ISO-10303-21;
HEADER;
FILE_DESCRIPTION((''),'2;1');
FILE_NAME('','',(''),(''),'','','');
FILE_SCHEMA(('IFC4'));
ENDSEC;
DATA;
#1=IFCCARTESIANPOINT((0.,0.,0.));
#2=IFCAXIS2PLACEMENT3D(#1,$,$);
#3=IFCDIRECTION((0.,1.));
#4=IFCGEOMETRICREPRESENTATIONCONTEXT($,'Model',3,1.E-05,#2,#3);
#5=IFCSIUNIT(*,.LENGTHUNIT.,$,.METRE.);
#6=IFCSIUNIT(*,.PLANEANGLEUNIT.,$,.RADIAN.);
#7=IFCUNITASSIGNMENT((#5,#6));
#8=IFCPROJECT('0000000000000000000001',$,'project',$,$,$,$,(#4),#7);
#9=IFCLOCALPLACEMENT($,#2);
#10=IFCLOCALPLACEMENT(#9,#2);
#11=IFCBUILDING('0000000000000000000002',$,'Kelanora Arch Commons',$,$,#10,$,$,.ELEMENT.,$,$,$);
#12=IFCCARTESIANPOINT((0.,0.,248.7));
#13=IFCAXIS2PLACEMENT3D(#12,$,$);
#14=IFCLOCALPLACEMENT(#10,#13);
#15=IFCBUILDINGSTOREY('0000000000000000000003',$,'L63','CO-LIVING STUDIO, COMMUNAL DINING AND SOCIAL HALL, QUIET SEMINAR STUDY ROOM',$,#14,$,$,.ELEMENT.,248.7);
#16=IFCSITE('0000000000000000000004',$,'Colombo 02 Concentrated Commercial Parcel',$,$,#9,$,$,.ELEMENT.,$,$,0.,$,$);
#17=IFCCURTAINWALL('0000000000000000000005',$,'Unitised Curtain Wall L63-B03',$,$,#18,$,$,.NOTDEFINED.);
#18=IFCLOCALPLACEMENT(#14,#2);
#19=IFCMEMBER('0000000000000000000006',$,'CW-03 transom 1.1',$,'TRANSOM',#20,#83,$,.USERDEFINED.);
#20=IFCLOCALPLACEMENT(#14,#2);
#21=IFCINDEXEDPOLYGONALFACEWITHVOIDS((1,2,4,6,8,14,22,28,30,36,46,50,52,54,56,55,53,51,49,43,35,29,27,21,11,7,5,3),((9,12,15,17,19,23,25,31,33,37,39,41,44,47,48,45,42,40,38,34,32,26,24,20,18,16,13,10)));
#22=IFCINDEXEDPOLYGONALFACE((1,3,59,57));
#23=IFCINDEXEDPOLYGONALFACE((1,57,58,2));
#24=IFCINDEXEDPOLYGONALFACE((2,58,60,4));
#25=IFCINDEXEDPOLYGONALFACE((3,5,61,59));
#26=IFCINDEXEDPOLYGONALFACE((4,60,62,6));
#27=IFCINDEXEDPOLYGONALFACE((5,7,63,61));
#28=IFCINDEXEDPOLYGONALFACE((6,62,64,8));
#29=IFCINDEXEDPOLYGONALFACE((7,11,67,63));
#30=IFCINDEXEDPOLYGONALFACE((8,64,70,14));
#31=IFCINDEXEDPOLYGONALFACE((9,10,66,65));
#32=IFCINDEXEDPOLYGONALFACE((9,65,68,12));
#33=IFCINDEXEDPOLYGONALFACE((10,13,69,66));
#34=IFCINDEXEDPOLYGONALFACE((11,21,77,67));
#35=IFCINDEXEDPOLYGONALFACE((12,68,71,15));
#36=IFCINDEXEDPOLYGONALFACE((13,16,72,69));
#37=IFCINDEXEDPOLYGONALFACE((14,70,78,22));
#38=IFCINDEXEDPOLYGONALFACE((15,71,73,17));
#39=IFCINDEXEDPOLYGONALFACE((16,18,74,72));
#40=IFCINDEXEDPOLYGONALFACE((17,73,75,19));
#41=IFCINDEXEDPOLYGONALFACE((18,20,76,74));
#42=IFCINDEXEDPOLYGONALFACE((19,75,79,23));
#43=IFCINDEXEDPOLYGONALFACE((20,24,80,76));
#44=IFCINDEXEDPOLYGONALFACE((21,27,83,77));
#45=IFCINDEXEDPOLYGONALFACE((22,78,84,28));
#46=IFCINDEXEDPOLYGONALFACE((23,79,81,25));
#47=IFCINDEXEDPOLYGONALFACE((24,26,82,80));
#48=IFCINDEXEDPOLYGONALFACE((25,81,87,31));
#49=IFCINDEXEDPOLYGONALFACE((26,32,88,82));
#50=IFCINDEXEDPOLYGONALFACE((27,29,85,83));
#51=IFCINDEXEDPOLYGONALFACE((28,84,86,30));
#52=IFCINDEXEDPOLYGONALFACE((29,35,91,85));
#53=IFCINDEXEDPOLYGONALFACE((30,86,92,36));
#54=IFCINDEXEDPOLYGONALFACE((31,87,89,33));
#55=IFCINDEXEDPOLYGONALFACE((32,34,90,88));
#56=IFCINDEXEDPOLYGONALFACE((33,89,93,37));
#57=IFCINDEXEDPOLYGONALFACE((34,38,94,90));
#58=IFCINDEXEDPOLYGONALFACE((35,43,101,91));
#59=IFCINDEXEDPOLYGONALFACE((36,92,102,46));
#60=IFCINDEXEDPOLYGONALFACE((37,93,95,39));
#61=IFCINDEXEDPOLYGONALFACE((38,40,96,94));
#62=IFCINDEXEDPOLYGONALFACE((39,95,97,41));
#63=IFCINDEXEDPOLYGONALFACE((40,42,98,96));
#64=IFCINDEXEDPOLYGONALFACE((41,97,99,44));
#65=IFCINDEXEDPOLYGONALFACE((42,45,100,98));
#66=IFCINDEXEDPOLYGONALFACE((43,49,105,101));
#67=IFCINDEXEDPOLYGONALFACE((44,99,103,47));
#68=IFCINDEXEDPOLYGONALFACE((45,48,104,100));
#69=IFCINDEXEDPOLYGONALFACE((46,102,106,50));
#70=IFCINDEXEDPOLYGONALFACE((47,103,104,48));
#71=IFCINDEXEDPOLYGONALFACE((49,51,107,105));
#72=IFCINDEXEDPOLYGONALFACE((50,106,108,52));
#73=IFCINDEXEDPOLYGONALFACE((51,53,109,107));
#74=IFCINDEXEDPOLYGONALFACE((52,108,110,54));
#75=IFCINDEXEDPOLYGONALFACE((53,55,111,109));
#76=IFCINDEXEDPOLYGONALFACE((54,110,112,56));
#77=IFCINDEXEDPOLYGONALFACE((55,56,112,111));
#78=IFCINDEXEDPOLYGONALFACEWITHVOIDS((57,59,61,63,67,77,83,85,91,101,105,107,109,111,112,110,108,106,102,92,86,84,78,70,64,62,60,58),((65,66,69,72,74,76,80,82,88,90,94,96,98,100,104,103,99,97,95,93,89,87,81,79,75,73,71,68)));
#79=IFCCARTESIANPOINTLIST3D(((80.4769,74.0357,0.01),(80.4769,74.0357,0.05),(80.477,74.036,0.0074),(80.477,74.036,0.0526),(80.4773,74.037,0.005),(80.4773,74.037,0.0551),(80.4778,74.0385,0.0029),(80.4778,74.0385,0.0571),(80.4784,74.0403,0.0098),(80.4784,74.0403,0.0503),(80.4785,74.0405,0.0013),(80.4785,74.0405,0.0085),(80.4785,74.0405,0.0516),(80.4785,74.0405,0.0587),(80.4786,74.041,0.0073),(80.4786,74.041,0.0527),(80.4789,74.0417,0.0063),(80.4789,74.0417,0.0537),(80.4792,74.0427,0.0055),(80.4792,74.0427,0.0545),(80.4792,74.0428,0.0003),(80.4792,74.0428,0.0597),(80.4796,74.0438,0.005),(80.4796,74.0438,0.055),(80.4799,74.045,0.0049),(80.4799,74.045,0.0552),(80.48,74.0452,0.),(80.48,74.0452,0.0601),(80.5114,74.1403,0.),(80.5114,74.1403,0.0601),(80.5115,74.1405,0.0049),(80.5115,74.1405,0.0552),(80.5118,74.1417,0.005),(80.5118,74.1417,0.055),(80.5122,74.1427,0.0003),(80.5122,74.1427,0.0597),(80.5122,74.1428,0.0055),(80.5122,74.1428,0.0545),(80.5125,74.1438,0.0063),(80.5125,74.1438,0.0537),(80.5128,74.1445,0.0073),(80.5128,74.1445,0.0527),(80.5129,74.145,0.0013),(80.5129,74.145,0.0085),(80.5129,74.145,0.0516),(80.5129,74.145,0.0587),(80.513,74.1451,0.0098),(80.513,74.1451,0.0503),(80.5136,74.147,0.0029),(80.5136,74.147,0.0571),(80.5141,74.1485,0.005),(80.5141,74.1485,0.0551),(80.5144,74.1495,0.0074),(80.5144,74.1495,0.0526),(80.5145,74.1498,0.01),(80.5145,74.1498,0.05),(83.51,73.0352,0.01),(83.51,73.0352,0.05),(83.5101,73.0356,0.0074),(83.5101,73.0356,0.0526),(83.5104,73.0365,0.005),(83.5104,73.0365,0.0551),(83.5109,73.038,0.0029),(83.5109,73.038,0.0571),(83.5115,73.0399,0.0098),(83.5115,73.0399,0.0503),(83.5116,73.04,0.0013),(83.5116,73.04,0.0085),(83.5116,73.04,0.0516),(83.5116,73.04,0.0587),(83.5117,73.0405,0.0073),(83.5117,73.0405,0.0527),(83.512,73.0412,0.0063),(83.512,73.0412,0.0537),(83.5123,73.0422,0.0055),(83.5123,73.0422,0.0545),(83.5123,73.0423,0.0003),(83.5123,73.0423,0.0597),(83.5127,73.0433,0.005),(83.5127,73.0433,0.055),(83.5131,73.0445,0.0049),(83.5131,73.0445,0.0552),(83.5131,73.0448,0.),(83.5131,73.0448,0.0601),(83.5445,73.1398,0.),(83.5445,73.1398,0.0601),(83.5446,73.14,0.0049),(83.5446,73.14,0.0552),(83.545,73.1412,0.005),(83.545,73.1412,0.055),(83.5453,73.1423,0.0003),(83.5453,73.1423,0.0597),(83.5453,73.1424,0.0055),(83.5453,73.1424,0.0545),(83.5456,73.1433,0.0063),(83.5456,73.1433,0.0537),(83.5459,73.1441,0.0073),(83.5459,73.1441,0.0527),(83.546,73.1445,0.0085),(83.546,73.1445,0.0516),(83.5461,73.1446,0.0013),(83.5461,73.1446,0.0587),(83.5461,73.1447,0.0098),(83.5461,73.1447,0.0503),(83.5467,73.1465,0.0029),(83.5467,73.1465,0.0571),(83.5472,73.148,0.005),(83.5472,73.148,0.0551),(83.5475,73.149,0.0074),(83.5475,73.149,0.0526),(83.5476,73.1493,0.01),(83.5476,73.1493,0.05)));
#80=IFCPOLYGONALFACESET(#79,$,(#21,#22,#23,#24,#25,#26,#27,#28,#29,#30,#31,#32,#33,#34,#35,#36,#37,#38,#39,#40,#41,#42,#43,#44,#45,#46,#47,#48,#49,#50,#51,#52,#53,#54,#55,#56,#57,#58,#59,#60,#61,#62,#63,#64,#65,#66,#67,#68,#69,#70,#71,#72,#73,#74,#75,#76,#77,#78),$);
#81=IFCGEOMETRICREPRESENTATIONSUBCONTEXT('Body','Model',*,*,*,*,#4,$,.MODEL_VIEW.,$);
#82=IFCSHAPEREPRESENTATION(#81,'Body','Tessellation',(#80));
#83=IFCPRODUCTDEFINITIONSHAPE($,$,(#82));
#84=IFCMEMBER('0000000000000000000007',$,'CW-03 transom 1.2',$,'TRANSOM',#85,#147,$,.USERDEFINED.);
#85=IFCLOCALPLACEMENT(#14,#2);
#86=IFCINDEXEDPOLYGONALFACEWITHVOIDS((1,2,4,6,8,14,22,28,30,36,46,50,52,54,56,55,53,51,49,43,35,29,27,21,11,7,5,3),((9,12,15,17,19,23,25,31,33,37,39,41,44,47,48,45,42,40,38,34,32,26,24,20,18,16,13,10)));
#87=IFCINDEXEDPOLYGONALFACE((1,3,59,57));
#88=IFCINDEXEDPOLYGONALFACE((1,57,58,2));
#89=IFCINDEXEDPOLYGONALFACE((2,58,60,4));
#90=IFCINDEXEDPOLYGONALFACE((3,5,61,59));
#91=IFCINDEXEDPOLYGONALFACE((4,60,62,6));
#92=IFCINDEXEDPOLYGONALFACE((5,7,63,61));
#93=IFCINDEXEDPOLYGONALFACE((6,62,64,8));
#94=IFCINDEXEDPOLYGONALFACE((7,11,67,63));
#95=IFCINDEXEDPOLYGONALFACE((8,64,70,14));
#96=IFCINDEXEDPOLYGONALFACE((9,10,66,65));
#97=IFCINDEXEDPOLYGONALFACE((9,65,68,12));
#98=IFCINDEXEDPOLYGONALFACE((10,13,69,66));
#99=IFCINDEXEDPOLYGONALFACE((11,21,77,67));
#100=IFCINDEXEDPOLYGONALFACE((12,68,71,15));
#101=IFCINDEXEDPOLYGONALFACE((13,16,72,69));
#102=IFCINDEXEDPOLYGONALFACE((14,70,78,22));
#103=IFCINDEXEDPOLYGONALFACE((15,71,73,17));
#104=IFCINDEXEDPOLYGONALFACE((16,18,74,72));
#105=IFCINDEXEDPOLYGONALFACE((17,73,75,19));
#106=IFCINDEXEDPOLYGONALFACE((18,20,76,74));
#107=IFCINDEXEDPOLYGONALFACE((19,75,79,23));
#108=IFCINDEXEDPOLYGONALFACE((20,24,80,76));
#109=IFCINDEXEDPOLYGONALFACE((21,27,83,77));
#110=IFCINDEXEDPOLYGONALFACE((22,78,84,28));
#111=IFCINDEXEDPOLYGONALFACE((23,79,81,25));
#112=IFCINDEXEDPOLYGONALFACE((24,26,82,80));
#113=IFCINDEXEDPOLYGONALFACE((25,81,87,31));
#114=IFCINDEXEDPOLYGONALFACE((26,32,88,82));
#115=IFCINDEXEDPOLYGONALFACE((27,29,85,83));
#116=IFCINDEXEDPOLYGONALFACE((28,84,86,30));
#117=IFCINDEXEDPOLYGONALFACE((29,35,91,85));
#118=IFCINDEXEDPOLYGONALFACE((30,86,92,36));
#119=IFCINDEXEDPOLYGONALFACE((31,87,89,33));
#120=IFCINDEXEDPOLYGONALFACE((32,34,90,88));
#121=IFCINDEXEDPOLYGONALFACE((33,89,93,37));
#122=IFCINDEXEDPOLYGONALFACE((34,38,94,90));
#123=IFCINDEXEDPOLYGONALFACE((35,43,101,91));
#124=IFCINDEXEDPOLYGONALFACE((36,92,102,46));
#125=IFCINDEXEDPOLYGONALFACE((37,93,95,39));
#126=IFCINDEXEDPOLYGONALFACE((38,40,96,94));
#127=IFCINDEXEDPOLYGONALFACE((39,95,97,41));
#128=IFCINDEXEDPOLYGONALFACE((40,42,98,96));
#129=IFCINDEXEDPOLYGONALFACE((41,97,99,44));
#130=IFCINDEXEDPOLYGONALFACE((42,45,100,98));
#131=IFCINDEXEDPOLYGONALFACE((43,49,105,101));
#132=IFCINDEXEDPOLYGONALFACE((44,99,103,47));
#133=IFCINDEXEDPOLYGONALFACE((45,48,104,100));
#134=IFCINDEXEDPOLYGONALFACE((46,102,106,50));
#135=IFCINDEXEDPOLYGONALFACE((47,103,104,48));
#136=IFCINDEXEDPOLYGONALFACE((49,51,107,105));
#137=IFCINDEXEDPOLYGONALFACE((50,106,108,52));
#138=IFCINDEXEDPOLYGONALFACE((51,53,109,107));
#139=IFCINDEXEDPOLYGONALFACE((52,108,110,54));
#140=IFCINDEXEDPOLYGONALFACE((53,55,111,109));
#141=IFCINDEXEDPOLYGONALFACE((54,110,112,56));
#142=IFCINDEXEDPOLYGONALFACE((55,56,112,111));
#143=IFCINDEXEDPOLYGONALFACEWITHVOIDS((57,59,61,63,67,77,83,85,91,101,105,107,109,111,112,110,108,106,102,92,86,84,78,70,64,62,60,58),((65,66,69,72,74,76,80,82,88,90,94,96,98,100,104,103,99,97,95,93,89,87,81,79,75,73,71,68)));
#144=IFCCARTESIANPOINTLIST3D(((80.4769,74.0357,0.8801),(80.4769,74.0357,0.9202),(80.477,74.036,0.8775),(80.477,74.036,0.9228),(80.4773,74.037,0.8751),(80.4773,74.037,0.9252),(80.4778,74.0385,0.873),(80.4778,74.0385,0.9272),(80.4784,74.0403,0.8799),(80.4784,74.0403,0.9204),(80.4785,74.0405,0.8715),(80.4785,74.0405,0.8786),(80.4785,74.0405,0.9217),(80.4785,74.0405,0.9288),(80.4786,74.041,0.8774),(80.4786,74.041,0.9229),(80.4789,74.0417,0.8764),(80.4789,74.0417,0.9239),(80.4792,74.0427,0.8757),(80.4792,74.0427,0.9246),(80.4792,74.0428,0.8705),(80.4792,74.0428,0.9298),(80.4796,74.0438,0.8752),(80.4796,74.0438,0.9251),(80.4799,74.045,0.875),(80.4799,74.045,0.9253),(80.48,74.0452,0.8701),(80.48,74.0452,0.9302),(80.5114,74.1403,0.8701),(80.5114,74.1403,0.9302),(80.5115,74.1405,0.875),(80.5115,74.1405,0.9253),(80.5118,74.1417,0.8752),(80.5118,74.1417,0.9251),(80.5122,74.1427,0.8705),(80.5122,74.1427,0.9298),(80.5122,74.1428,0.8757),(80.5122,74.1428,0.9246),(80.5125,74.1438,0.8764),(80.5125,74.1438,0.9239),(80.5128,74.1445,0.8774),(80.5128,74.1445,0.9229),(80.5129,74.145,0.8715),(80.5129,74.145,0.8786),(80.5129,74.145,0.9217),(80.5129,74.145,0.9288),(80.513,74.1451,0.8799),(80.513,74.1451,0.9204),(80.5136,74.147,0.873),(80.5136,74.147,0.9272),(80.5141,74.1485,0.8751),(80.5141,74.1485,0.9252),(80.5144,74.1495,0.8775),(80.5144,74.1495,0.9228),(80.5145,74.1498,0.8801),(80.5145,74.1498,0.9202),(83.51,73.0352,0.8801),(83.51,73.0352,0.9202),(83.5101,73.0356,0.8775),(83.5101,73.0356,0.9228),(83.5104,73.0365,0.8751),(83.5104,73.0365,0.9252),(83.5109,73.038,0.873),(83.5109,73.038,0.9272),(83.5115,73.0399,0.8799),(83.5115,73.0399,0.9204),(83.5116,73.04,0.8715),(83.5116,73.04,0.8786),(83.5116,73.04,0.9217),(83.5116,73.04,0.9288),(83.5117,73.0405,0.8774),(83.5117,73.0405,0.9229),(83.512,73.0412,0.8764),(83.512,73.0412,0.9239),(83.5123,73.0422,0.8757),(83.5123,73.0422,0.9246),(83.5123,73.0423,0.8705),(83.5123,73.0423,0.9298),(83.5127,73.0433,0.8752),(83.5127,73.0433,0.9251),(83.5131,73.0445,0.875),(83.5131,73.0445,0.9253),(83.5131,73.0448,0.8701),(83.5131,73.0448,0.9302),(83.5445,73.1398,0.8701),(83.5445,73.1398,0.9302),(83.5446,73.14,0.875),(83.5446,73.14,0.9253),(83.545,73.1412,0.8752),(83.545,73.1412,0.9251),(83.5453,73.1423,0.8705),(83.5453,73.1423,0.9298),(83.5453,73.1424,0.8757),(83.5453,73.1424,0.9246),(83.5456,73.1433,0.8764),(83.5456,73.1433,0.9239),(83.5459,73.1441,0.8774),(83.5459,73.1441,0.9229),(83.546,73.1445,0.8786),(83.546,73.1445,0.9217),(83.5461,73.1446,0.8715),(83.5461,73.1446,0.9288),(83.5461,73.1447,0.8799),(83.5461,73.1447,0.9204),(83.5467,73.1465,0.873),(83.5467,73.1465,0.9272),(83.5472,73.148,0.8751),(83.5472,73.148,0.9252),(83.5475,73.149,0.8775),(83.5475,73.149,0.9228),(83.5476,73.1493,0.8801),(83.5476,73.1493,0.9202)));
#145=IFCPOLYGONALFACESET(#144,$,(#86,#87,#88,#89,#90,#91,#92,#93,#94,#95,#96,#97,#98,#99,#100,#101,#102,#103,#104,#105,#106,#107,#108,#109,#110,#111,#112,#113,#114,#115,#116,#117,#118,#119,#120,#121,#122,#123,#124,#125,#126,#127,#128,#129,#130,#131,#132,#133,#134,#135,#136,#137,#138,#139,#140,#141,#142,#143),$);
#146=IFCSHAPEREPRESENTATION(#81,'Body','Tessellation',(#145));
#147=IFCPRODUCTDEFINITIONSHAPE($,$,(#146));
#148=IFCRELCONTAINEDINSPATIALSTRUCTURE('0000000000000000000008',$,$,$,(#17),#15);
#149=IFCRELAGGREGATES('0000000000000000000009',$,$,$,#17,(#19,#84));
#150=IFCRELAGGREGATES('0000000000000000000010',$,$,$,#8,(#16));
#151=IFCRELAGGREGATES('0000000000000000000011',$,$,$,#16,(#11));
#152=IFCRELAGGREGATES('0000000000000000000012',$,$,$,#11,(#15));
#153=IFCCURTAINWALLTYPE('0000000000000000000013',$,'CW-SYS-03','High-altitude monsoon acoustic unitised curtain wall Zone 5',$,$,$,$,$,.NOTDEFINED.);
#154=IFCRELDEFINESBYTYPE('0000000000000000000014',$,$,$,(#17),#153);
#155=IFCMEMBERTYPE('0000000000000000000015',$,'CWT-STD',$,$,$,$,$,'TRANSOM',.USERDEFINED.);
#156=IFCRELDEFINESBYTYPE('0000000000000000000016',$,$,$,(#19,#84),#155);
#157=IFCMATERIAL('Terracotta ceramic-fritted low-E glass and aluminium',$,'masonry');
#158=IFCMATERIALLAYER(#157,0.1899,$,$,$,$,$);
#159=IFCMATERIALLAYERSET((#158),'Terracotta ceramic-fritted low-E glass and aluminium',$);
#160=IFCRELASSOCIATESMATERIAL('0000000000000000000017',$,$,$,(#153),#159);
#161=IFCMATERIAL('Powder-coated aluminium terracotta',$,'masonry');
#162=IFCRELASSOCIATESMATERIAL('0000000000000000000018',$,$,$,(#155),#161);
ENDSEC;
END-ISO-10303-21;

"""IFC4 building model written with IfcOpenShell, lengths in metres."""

from ifc_helpers import new_model, si_unit, direction, frame, origin, origin_2d, place, context, subcontext, project, spatial, hollow_rectangle, extrude, material, layer, layer_set, material_profile, profile_set, type_object, element, aggregate, save


model = new_model("IFC4")

# Units and contexts
model_context = context("Model", 3, precision=1e-05, world=origin(), true_north=direction((0.0, 1.0)))
body_context = subcontext(model_context, "Body", "Model", "MODEL_VIEW")
ifc_project = project(units=[si_unit("LENGTHUNIT", "METRE"), si_unit("PLANEANGLEUNIT", "RADIAN")], contexts=[model_context])

# Site, building, storey
site_placement = place(None, origin())
site = spatial("IfcSite", under=ifc_project, at=site_placement, Name="Colombo 02 Concentrated Commercial Parcel", CompositionType="ELEMENT", RefElevation=0.0)
building_placement = place(site_placement, origin())
building = spatial("IfcBuilding", under=site, at=building_placement, Name="Kelanora Arch Commons", CompositionType="ELEMENT")
storey_placement = place(building_placement, frame((0.0, 0.0, 248.7)))
storey = spatial("IfcBuildingStorey", under=building, at=storey_placement, Name="L63", Description="CO-LIVING STUDIO, COMMUNAL DINING AND SOCIAL HALL, QUIET SEMINAR STUDY ROOM", CompositionType="ELEMENT", Elevation=248.7)

# Shared definitions
ifc_material_1 = material(Name="Terracotta ceramic-fritted low-E glass and aluminium", Category="masonry")
ifc_layer_1 = layer(ifc_material_1, 0.1899)
ifc_layer_set_1 = layer_set([ifc_layer_1], Name="Terracotta ceramic-fritted low-E glass and aluminium")
curtain_wall_type = type_object("IfcCurtainWallType", Name="CW-SYS-03", Description="High-altitude monsoon acoustic unitised curtain wall Zone 5", PredefinedType="NOTDEFINED", material=ifc_layer_set_1)
ifc_material_2 = material(Name="Powder-coated aluminium terracotta", Category="masonry")

# Curtain wall, members
curtain_wall_1_placement = place(storey_placement, origin())
curtain_wall_1 = element("IfcCurtainWall", 1, at=curtain_wall_1_placement, inside=storey, type_object=curtain_wall_type, Name="Unitised Curtain Wall L63-B03", PredefinedType="NOTDEFINED")
ifc_material_profile_1 = material_profile(ifc_material_2, hollow_rectangle(XDim=0.1201, YDim=0.0601, WallThickness=0.0049, InnerFilletRadius=0.0049, OuterFilletRadius=0.01, at=origin_2d()), Name="CWT120x60")
ifc_profile_set_1 = profile_set([ifc_material_profile_1], Name="Powder-coated aluminium terracotta")
member_type_1 = type_object("IfcMemberType", Name="CWT-STD", ElementType="TRANSOM", PredefinedType="USERDEFINED", material=ifc_profile_set_1)
member_1_placement = place(storey_placement, frame((83.5288, 73.0923, 0.03), z_axis=(-0.949672, 0.313245, 0.0), x_axis=(-0.313245, -0.949672, 0.0)))
member_1 = element("IfcMember", 2, at=member_1_placement, type_object=member_type_1, Name="CW-03 transom 1.1", ObjectType="TRANSOM", PredefinedType="USERDEFINED", context=body_context, shape_type="SweptSolid", body=[
    extrude(hollow_rectangle(XDim=0.1201, YDim=0.0601, WallThickness=0.0049, InnerFilletRadius=0.0049, OuterFilletRadius=0.01, at=origin_2d()), origin(), (0.0, 0.0, 1.0), 3.1938),
])
member_2_placement = place(storey_placement, frame((83.5288, 73.0923, 0.9001), z_axis=(-0.949672, 0.313245, 0.0), x_axis=(-0.313245, -0.949672, 0.0)))
member_2 = element("IfcMember", 3, at=member_2_placement, type_object=member_type_1, Name="CW-03 transom 1.2", ObjectType="TRANSOM", PredefinedType="USERDEFINED", context=body_context, shape_type="SweptSolid", body=[
    extrude(hollow_rectangle(XDim=0.1201, YDim=0.0601, WallThickness=0.0049, InnerFilletRadius=0.0049, OuterFilletRadius=0.01, at=origin_2d()), origin(), (0.0, 0.0, 1.0), 3.1938),
])
aggregate(curtain_wall_1, [member_1, member_2])

save(model, "model.ifc")
